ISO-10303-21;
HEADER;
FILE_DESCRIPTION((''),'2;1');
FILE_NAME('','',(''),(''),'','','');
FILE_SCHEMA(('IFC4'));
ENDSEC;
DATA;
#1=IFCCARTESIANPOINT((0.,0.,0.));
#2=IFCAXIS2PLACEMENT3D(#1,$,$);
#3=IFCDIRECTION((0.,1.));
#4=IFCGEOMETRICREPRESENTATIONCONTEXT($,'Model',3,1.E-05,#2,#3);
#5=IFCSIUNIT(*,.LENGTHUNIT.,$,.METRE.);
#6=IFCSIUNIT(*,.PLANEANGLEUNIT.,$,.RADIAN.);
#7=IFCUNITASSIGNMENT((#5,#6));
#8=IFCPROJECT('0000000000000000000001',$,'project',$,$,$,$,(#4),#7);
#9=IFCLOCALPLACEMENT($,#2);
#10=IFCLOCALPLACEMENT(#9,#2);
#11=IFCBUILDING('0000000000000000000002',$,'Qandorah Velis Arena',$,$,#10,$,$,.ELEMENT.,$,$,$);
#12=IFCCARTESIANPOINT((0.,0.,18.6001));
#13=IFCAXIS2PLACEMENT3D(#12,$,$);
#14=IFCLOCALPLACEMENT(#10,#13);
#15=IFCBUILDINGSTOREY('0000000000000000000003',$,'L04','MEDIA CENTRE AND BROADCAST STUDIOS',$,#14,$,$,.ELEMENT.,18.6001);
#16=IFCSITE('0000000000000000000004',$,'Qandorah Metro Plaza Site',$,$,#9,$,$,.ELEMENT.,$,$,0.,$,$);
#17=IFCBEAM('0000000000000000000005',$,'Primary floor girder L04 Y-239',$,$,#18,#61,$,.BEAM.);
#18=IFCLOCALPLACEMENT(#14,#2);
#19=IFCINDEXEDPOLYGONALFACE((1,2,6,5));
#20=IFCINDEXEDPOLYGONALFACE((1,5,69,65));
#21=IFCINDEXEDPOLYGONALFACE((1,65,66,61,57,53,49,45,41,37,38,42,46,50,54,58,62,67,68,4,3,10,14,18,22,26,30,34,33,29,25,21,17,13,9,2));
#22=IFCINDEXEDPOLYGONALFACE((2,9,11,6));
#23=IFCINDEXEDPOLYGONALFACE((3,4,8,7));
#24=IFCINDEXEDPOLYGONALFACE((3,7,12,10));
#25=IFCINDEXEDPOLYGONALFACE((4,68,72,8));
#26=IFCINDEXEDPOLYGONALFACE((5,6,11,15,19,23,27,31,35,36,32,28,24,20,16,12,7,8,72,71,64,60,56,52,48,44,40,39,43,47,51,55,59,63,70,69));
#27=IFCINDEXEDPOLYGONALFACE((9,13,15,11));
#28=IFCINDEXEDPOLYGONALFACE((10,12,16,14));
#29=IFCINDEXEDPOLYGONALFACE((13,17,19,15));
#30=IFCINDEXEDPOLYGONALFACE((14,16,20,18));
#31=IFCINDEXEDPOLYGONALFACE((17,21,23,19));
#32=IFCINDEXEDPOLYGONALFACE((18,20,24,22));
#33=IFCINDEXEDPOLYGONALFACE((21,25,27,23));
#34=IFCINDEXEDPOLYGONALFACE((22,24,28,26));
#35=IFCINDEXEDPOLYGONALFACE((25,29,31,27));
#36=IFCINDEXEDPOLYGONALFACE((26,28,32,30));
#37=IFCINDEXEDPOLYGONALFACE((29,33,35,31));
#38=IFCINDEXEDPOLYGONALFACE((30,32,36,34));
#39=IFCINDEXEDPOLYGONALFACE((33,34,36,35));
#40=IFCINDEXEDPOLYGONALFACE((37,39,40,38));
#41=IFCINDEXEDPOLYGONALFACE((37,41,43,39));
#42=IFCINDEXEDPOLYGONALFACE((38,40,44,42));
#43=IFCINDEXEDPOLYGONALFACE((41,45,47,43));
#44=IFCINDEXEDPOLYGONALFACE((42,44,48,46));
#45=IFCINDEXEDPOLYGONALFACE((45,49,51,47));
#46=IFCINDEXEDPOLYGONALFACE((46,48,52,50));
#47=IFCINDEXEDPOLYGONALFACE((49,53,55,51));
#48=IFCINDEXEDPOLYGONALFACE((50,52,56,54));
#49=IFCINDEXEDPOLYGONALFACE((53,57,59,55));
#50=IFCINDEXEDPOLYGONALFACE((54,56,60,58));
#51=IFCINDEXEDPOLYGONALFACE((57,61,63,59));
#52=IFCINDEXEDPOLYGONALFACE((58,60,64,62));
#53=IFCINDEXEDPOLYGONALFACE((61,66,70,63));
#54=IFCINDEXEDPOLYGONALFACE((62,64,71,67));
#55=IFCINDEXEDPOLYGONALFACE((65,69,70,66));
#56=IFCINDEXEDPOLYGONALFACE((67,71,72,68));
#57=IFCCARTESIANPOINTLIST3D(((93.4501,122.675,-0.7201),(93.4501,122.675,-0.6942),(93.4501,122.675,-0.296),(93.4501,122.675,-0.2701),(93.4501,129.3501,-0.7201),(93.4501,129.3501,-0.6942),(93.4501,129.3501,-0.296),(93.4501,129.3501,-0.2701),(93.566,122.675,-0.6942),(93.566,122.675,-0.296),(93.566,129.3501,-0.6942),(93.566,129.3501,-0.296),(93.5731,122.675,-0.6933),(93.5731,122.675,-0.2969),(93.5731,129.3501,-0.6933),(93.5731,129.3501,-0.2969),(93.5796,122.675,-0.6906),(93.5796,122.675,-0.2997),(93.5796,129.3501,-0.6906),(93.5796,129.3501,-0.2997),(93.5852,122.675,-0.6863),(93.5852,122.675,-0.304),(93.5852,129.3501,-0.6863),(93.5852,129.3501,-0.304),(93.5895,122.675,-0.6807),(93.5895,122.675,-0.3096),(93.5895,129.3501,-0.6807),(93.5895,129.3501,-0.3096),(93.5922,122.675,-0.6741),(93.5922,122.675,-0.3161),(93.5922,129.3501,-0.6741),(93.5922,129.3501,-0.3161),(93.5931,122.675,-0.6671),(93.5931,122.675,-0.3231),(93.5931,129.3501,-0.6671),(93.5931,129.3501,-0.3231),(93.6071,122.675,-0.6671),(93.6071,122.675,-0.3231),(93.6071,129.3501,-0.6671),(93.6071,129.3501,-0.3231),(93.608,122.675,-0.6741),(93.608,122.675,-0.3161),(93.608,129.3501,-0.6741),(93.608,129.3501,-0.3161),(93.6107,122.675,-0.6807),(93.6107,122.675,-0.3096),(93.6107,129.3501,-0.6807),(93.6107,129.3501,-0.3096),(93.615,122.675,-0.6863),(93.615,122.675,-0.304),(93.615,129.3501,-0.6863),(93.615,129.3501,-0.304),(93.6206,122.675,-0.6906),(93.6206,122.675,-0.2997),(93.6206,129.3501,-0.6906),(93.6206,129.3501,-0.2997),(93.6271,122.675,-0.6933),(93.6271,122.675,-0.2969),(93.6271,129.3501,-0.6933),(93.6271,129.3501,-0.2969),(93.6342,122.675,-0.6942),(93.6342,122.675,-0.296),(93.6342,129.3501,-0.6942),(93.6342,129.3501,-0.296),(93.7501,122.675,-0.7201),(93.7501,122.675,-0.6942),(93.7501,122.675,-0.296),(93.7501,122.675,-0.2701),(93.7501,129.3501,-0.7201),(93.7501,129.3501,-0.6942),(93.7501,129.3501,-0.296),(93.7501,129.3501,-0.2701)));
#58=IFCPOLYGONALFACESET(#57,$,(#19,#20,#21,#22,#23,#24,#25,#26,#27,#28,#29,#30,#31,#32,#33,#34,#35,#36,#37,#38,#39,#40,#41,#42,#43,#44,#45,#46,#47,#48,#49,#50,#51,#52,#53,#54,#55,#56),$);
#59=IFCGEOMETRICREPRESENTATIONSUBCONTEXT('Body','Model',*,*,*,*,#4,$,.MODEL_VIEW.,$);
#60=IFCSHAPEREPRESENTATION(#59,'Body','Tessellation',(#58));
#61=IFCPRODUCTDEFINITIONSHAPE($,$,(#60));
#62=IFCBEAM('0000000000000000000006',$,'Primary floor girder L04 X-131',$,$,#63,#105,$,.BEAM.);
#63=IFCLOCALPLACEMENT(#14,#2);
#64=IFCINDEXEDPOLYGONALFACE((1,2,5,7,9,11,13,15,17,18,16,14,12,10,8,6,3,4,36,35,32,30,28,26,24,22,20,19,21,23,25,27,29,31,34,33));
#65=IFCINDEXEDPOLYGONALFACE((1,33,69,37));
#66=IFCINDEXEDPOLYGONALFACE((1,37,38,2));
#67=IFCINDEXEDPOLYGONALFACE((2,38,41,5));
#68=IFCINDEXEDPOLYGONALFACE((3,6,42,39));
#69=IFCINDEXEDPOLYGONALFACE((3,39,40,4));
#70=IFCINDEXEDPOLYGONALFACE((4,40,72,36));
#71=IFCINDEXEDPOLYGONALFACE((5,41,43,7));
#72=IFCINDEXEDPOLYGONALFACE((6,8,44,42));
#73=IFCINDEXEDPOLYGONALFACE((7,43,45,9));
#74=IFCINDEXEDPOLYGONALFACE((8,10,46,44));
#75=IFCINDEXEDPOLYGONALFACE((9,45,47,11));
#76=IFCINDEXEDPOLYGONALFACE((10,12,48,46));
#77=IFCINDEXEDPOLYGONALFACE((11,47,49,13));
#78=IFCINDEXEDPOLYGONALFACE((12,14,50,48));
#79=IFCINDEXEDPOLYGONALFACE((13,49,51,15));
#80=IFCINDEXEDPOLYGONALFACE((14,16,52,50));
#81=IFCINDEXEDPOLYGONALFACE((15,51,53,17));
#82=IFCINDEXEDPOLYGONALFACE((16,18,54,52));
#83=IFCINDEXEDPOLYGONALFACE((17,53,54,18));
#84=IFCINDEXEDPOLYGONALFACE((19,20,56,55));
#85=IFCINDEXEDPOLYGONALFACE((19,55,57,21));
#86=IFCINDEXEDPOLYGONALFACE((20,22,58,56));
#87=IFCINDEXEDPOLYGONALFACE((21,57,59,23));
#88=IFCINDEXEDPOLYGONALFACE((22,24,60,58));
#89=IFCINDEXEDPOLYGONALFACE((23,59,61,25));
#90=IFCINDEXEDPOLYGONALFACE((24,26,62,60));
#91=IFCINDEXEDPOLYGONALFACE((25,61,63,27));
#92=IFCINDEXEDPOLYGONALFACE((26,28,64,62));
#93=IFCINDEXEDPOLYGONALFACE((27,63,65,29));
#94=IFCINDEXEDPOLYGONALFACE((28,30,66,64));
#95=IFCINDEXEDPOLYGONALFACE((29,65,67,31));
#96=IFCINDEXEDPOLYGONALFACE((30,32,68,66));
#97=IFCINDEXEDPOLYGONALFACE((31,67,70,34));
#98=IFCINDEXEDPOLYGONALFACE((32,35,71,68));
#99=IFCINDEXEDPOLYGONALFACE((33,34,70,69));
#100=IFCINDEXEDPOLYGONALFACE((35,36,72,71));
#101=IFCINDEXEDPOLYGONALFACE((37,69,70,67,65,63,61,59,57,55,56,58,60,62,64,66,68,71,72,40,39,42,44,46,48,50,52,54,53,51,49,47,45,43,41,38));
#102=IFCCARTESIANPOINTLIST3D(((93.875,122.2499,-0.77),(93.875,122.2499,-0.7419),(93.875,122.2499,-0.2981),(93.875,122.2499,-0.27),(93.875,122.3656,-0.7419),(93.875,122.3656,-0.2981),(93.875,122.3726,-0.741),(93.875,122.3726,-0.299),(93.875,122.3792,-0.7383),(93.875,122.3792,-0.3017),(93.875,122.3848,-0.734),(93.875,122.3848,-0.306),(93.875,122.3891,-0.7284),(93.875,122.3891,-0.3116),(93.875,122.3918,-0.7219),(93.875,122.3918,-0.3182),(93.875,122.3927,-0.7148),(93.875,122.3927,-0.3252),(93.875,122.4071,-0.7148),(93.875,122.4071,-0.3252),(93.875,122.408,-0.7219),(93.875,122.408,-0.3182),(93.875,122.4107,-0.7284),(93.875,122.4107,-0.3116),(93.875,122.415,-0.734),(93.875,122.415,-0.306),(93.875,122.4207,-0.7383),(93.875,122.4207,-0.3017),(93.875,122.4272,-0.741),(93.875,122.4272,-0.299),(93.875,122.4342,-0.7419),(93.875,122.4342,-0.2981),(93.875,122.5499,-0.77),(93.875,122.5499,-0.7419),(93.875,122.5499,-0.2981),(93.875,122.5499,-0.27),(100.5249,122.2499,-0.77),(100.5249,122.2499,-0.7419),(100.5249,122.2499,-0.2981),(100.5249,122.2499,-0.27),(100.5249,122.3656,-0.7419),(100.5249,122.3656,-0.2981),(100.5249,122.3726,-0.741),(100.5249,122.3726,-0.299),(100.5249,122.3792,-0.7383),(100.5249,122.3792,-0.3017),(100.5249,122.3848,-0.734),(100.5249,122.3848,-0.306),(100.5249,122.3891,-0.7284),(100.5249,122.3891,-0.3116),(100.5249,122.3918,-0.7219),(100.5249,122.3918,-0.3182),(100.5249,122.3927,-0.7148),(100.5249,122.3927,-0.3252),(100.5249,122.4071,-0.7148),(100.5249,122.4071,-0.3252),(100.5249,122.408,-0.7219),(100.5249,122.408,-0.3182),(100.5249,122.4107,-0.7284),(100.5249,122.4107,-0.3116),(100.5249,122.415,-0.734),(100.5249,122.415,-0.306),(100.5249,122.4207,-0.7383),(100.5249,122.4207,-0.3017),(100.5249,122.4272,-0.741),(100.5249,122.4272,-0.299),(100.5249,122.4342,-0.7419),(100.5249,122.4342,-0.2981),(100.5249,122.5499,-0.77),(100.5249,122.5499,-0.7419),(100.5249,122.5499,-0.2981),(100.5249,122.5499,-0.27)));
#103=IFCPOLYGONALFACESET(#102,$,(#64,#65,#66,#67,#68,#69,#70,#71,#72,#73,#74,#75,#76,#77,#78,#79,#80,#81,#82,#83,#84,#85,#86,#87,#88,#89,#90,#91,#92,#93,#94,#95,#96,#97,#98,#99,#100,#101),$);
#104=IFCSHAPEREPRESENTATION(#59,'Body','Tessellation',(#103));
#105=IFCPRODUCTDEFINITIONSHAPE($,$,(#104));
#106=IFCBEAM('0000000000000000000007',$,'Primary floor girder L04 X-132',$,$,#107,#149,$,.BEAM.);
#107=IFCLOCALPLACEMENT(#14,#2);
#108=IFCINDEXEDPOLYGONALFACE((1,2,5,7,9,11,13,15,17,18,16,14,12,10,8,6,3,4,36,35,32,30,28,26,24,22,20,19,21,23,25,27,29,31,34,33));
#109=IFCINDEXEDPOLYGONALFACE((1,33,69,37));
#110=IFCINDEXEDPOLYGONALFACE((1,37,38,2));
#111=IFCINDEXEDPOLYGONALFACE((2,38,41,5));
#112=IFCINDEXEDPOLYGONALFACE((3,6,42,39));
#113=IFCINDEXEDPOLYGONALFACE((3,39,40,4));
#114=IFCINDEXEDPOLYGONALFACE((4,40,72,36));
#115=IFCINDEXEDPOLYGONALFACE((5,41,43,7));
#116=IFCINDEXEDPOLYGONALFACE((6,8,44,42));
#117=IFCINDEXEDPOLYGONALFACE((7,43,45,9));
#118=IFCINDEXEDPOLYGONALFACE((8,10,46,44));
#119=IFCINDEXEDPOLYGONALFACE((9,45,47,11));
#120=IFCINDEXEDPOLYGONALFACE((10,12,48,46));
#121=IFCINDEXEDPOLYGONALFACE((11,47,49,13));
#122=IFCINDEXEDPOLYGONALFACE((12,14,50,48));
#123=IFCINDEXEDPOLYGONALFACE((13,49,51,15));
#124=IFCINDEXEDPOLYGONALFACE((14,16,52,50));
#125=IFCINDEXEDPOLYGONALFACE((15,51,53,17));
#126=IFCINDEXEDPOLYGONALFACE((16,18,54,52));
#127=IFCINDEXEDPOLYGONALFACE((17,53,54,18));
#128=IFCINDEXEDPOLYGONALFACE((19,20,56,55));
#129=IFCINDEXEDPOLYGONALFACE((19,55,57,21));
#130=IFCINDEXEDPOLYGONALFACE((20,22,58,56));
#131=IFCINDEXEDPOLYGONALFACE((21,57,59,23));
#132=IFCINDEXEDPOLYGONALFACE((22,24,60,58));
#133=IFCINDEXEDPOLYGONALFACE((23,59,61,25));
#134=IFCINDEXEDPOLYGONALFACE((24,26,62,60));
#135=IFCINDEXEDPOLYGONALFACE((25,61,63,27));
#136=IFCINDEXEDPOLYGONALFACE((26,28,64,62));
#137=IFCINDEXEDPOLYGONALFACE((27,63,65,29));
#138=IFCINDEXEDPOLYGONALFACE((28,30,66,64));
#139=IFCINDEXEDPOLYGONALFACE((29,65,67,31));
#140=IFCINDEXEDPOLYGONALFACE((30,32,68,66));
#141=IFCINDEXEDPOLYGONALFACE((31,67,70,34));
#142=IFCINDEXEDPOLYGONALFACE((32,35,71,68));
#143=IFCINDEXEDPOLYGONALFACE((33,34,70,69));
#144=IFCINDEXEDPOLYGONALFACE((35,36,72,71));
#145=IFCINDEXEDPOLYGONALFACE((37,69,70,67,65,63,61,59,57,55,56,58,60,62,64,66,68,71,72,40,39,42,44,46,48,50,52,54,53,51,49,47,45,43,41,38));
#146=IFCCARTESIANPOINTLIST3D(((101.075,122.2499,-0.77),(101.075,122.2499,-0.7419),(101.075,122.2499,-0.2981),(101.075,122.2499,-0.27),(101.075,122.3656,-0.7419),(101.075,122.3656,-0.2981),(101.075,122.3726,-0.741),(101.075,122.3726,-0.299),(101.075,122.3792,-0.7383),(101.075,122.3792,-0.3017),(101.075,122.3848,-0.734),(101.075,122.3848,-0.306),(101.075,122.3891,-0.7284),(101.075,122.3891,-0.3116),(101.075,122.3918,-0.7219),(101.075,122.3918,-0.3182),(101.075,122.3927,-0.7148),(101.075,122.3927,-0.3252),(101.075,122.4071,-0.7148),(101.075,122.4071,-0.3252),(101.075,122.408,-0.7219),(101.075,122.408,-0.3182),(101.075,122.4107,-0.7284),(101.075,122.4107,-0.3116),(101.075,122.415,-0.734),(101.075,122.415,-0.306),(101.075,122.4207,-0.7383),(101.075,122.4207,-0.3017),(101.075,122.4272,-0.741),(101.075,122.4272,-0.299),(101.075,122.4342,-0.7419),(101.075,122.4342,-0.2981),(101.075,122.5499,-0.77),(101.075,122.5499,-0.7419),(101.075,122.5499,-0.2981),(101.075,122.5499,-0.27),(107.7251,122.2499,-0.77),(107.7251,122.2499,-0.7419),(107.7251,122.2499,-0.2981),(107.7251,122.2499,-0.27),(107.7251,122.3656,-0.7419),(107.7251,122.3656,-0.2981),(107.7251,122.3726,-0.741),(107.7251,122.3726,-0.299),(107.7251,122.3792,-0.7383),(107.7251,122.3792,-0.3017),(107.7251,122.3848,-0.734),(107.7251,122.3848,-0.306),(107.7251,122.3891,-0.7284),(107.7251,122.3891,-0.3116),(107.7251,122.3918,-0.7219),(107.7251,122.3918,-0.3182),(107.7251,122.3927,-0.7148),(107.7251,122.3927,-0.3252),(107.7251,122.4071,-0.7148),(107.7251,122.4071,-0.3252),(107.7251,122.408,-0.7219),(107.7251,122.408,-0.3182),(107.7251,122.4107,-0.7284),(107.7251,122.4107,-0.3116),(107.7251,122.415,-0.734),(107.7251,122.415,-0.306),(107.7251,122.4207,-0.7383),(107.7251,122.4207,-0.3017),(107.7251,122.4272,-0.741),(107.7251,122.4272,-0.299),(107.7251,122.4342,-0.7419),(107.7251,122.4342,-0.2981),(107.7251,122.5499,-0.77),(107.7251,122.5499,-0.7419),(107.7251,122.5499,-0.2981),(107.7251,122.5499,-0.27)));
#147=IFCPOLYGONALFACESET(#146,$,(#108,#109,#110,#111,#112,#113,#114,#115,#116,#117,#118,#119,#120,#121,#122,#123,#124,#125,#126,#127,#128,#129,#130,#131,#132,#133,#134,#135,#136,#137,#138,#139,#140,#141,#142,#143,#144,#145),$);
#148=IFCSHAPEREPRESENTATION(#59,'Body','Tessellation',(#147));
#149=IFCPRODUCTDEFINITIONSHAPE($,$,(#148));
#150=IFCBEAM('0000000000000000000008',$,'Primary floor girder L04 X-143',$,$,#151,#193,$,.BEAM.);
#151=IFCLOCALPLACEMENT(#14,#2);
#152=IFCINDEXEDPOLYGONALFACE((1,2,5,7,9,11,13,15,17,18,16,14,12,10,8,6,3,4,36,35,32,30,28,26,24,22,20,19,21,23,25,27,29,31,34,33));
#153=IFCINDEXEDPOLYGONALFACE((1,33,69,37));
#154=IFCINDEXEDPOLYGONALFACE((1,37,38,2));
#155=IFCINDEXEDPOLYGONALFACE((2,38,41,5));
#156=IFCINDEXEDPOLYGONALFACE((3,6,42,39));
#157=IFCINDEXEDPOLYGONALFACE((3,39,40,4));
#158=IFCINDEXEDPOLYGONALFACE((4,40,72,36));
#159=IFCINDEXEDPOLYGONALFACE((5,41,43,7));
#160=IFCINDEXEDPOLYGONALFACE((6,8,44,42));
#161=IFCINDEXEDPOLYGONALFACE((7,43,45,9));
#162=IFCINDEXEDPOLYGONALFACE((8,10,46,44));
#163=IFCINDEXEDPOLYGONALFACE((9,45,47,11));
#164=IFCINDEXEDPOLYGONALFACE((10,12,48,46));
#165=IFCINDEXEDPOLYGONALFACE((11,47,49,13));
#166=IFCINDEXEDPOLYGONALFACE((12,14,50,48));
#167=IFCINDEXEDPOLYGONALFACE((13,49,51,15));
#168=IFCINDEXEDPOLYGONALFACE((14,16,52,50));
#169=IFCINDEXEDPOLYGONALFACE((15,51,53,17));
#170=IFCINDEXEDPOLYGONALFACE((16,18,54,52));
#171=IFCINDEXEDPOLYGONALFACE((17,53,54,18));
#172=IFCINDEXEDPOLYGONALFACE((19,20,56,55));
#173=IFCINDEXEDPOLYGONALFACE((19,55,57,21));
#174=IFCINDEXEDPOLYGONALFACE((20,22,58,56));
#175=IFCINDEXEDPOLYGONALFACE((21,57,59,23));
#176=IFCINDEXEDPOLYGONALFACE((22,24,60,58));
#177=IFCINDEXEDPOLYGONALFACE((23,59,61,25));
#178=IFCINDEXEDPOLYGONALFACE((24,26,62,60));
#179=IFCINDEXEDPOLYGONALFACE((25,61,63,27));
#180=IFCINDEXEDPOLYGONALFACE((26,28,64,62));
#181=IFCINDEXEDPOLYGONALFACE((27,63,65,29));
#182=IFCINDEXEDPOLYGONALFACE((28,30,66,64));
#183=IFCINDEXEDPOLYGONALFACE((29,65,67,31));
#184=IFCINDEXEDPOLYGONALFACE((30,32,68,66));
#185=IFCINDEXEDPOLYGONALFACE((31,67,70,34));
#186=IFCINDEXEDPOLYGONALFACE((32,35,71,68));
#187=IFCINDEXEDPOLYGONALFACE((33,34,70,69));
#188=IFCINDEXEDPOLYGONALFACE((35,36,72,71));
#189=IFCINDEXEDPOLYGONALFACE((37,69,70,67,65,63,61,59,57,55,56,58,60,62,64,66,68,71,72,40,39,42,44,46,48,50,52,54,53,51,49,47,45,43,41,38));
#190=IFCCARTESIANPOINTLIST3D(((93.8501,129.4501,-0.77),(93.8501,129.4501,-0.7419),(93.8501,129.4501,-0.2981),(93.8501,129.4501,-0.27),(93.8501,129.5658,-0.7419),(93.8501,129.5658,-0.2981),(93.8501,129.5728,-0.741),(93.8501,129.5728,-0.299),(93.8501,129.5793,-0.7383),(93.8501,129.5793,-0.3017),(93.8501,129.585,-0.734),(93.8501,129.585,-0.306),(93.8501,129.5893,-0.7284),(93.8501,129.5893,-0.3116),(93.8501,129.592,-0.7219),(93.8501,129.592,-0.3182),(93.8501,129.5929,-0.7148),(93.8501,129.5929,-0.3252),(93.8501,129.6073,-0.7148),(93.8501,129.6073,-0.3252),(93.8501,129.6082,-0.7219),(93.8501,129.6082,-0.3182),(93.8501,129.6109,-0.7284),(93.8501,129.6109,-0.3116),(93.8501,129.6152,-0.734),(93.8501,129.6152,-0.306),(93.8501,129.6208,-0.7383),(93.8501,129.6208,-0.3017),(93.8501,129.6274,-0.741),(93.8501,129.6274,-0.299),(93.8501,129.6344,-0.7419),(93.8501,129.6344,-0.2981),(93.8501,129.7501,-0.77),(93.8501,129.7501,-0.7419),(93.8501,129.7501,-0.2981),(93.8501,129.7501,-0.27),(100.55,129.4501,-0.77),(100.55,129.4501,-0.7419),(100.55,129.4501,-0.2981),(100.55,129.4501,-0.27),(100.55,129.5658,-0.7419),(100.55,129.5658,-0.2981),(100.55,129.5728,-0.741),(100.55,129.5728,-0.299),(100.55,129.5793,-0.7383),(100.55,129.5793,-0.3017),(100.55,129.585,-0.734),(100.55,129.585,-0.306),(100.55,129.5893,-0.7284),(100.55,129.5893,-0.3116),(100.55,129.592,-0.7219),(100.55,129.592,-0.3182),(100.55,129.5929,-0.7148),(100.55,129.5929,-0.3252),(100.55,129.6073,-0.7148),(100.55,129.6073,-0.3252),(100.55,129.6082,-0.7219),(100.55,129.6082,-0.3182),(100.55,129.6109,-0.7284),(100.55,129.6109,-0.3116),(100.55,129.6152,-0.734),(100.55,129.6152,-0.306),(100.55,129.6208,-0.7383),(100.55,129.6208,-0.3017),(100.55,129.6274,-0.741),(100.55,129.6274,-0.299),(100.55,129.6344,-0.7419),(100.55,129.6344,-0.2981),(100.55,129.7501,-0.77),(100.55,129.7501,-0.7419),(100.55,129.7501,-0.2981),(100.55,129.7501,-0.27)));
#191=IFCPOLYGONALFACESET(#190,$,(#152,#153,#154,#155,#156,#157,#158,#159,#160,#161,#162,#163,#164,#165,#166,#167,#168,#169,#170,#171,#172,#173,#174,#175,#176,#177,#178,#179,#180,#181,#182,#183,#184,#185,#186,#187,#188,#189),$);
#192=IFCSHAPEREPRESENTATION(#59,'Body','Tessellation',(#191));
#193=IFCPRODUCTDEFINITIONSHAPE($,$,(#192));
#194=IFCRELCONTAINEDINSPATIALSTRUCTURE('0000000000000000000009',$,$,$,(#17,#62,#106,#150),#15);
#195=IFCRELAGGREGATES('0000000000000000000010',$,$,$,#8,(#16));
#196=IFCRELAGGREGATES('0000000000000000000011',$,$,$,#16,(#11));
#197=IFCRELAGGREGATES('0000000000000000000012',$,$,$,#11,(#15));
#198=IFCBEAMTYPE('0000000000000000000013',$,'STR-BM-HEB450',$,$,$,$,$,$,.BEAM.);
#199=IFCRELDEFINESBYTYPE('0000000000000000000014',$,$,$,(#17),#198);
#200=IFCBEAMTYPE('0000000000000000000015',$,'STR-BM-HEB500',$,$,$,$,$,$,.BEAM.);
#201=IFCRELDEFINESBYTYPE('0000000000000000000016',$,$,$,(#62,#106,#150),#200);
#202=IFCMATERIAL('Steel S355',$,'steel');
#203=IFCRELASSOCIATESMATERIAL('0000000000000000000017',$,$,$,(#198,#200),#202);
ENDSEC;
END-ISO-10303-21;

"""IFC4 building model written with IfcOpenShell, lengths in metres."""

from ifc_helpers import new_model, si_unit, direction, frame, origin, origin_2d, place, context, subcontext, project, spatial, i_section, extrude, material, material_profile, profile_set, type_object, element, save


model = new_model("IFC4")

# Units and contexts
model_context = context("Model", 3, precision=1e-05, world=origin(), true_north=direction((0.0, 1.0)))
body_context = subcontext(model_context, "Body", "Model", "MODEL_VIEW")
ifc_project = project(units=[si_unit("LENGTHUNIT", "METRE"), si_unit("PLANEANGLEUNIT", "RADIAN")], contexts=[model_context])

# Site, building, storey
site_placement = place(None, origin())
site = spatial("IfcSite", under=ifc_project, at=site_placement, Name="Qandorah Metro Plaza Site", CompositionType="ELEMENT", RefElevation=0.0)
building_placement = place(site_placement, origin())
building = spatial("IfcBuilding", under=site, at=building_placement, Name="Qandorah Velis Arena", CompositionType="ELEMENT")
storey_placement = place(building_placement, frame((0.0, 0.0, 18.6001)))
storey = spatial("IfcBuildingStorey", under=building, at=storey_placement, Name="L04", Description="MEDIA CENTRE AND BROADCAST STUDIOS", CompositionType="ELEMENT", Elevation=18.6001)

# Shared definitions
ifc_material_1 = material(Name="Steel S355", Category="steel")

# Beams
ifc_material_profile_1 = material_profile(ifc_material_1, i_section(OverallWidth=0.3, OverallDepth=0.45, WebThickness=0.0139, FlangeThickness=0.0259, FilletRadius=0.0271, at=origin_2d()), Name="HEB 450")
ifc_profile_set_1 = profile_set([ifc_material_profile_1], Name="Steel S355")
beam_type_1 = type_object("IfcBeamType", Name="STR-BM-HEB450", PredefinedType="BEAM", material=ifc_profile_set_1)
beam_1_placement = place(storey_placement, frame((93.6001, 122.675, -0.4951), z_axis=(0.0, 1.0, 0.0), x_axis=(-1.0, 0.0, 0.0)))
element("IfcBeam", 1, at=beam_1_placement, inside=storey, type_object=beam_type_1, Name="Primary floor girder L04 Y-239", PredefinedType="BEAM", context=body_context, shape_type="SweptSolid", body=[
    extrude(i_section(OverallWidth=0.3, OverallDepth=0.45, WebThickness=0.0139, FlangeThickness=0.0259, FilletRadius=0.0271, at=origin_2d()), origin(), (0.0, 0.0, 1.0), 6.675),
])
ifc_material_profile_2 = material_profile(ifc_material_1, i_section(OverallWidth=0.3, OverallDepth=0.5, WebThickness=0.0144, FlangeThickness=0.0281, FilletRadius=0.0271, at=origin_2d()), Name="HEB 500")
ifc_profile_set_2 = profile_set([ifc_material_profile_2], Name="Steel S355")
beam_type_2 = type_object("IfcBeamType", Name="STR-BM-HEB500", PredefinedType="BEAM", material=ifc_profile_set_2)
beam_2_placement = place(storey_placement, frame((93.875, 122.3999, -0.52), z_axis=(1.0, 0.0, 0.0), x_axis=(0.0, 1.0, 0.0)))
element("IfcBeam", 2, at=beam_2_placement, inside=storey, type_object=beam_type_2, Name="Primary floor girder L04 X-131", PredefinedType="BEAM", context=body_context, shape_type="SweptSolid", body=[
    extrude(i_section(OverallWidth=0.3, OverallDepth=0.5, WebThickness=0.0144, FlangeThickness=0.0281, FilletRadius=0.0271, at=origin_2d()), origin(), (0.0, 0.0, 1.0), 6.6499),
])
beam_3_placement = place(storey_placement, frame((101.075, 122.3999, -0.52), z_axis=(1.0, 0.0, 0.0), x_axis=(0.0, 1.0, 0.0)))
element("IfcBeam", 3, at=beam_3_placement, inside=storey, type_object=beam_type_2, Name="Primary floor girder L04 X-132", PredefinedType="BEAM", context=body_context, shape_type="SweptSolid", body=[
    extrude(i_section(OverallWidth=0.3, OverallDepth=0.5, WebThickness=0.0144, FlangeThickness=0.0281, FilletRadius=0.0271, at=origin_2d()), origin(), (0.0, 0.0, 1.0), 6.6501),
])
for number, where, z_axis, x_axis, name in (
    (4, (93.8501, 129.6001, -0.52), (1.0, 0.0, 0.0), (0.0, 1.0, 0.0), "Primary floor girder L04 X-143"),
):
    element("IfcBeam", number, at=place(storey_placement, frame(where, z_axis=z_axis, x_axis=x_axis)), inside=storey, type_object=beam_type_2, Name=name, PredefinedType="BEAM", context=body_context, shape_type="SweptSolid", body=[
        extrude(i_section(OverallWidth=0.3, OverallDepth=0.5, WebThickness=0.0144, FlangeThickness=0.0281, FilletRadius=0.0271, at=origin_2d()), origin(), (0.0, 0.0, 1.0), 6.7),
    ])

save(model, "model.ifc")
